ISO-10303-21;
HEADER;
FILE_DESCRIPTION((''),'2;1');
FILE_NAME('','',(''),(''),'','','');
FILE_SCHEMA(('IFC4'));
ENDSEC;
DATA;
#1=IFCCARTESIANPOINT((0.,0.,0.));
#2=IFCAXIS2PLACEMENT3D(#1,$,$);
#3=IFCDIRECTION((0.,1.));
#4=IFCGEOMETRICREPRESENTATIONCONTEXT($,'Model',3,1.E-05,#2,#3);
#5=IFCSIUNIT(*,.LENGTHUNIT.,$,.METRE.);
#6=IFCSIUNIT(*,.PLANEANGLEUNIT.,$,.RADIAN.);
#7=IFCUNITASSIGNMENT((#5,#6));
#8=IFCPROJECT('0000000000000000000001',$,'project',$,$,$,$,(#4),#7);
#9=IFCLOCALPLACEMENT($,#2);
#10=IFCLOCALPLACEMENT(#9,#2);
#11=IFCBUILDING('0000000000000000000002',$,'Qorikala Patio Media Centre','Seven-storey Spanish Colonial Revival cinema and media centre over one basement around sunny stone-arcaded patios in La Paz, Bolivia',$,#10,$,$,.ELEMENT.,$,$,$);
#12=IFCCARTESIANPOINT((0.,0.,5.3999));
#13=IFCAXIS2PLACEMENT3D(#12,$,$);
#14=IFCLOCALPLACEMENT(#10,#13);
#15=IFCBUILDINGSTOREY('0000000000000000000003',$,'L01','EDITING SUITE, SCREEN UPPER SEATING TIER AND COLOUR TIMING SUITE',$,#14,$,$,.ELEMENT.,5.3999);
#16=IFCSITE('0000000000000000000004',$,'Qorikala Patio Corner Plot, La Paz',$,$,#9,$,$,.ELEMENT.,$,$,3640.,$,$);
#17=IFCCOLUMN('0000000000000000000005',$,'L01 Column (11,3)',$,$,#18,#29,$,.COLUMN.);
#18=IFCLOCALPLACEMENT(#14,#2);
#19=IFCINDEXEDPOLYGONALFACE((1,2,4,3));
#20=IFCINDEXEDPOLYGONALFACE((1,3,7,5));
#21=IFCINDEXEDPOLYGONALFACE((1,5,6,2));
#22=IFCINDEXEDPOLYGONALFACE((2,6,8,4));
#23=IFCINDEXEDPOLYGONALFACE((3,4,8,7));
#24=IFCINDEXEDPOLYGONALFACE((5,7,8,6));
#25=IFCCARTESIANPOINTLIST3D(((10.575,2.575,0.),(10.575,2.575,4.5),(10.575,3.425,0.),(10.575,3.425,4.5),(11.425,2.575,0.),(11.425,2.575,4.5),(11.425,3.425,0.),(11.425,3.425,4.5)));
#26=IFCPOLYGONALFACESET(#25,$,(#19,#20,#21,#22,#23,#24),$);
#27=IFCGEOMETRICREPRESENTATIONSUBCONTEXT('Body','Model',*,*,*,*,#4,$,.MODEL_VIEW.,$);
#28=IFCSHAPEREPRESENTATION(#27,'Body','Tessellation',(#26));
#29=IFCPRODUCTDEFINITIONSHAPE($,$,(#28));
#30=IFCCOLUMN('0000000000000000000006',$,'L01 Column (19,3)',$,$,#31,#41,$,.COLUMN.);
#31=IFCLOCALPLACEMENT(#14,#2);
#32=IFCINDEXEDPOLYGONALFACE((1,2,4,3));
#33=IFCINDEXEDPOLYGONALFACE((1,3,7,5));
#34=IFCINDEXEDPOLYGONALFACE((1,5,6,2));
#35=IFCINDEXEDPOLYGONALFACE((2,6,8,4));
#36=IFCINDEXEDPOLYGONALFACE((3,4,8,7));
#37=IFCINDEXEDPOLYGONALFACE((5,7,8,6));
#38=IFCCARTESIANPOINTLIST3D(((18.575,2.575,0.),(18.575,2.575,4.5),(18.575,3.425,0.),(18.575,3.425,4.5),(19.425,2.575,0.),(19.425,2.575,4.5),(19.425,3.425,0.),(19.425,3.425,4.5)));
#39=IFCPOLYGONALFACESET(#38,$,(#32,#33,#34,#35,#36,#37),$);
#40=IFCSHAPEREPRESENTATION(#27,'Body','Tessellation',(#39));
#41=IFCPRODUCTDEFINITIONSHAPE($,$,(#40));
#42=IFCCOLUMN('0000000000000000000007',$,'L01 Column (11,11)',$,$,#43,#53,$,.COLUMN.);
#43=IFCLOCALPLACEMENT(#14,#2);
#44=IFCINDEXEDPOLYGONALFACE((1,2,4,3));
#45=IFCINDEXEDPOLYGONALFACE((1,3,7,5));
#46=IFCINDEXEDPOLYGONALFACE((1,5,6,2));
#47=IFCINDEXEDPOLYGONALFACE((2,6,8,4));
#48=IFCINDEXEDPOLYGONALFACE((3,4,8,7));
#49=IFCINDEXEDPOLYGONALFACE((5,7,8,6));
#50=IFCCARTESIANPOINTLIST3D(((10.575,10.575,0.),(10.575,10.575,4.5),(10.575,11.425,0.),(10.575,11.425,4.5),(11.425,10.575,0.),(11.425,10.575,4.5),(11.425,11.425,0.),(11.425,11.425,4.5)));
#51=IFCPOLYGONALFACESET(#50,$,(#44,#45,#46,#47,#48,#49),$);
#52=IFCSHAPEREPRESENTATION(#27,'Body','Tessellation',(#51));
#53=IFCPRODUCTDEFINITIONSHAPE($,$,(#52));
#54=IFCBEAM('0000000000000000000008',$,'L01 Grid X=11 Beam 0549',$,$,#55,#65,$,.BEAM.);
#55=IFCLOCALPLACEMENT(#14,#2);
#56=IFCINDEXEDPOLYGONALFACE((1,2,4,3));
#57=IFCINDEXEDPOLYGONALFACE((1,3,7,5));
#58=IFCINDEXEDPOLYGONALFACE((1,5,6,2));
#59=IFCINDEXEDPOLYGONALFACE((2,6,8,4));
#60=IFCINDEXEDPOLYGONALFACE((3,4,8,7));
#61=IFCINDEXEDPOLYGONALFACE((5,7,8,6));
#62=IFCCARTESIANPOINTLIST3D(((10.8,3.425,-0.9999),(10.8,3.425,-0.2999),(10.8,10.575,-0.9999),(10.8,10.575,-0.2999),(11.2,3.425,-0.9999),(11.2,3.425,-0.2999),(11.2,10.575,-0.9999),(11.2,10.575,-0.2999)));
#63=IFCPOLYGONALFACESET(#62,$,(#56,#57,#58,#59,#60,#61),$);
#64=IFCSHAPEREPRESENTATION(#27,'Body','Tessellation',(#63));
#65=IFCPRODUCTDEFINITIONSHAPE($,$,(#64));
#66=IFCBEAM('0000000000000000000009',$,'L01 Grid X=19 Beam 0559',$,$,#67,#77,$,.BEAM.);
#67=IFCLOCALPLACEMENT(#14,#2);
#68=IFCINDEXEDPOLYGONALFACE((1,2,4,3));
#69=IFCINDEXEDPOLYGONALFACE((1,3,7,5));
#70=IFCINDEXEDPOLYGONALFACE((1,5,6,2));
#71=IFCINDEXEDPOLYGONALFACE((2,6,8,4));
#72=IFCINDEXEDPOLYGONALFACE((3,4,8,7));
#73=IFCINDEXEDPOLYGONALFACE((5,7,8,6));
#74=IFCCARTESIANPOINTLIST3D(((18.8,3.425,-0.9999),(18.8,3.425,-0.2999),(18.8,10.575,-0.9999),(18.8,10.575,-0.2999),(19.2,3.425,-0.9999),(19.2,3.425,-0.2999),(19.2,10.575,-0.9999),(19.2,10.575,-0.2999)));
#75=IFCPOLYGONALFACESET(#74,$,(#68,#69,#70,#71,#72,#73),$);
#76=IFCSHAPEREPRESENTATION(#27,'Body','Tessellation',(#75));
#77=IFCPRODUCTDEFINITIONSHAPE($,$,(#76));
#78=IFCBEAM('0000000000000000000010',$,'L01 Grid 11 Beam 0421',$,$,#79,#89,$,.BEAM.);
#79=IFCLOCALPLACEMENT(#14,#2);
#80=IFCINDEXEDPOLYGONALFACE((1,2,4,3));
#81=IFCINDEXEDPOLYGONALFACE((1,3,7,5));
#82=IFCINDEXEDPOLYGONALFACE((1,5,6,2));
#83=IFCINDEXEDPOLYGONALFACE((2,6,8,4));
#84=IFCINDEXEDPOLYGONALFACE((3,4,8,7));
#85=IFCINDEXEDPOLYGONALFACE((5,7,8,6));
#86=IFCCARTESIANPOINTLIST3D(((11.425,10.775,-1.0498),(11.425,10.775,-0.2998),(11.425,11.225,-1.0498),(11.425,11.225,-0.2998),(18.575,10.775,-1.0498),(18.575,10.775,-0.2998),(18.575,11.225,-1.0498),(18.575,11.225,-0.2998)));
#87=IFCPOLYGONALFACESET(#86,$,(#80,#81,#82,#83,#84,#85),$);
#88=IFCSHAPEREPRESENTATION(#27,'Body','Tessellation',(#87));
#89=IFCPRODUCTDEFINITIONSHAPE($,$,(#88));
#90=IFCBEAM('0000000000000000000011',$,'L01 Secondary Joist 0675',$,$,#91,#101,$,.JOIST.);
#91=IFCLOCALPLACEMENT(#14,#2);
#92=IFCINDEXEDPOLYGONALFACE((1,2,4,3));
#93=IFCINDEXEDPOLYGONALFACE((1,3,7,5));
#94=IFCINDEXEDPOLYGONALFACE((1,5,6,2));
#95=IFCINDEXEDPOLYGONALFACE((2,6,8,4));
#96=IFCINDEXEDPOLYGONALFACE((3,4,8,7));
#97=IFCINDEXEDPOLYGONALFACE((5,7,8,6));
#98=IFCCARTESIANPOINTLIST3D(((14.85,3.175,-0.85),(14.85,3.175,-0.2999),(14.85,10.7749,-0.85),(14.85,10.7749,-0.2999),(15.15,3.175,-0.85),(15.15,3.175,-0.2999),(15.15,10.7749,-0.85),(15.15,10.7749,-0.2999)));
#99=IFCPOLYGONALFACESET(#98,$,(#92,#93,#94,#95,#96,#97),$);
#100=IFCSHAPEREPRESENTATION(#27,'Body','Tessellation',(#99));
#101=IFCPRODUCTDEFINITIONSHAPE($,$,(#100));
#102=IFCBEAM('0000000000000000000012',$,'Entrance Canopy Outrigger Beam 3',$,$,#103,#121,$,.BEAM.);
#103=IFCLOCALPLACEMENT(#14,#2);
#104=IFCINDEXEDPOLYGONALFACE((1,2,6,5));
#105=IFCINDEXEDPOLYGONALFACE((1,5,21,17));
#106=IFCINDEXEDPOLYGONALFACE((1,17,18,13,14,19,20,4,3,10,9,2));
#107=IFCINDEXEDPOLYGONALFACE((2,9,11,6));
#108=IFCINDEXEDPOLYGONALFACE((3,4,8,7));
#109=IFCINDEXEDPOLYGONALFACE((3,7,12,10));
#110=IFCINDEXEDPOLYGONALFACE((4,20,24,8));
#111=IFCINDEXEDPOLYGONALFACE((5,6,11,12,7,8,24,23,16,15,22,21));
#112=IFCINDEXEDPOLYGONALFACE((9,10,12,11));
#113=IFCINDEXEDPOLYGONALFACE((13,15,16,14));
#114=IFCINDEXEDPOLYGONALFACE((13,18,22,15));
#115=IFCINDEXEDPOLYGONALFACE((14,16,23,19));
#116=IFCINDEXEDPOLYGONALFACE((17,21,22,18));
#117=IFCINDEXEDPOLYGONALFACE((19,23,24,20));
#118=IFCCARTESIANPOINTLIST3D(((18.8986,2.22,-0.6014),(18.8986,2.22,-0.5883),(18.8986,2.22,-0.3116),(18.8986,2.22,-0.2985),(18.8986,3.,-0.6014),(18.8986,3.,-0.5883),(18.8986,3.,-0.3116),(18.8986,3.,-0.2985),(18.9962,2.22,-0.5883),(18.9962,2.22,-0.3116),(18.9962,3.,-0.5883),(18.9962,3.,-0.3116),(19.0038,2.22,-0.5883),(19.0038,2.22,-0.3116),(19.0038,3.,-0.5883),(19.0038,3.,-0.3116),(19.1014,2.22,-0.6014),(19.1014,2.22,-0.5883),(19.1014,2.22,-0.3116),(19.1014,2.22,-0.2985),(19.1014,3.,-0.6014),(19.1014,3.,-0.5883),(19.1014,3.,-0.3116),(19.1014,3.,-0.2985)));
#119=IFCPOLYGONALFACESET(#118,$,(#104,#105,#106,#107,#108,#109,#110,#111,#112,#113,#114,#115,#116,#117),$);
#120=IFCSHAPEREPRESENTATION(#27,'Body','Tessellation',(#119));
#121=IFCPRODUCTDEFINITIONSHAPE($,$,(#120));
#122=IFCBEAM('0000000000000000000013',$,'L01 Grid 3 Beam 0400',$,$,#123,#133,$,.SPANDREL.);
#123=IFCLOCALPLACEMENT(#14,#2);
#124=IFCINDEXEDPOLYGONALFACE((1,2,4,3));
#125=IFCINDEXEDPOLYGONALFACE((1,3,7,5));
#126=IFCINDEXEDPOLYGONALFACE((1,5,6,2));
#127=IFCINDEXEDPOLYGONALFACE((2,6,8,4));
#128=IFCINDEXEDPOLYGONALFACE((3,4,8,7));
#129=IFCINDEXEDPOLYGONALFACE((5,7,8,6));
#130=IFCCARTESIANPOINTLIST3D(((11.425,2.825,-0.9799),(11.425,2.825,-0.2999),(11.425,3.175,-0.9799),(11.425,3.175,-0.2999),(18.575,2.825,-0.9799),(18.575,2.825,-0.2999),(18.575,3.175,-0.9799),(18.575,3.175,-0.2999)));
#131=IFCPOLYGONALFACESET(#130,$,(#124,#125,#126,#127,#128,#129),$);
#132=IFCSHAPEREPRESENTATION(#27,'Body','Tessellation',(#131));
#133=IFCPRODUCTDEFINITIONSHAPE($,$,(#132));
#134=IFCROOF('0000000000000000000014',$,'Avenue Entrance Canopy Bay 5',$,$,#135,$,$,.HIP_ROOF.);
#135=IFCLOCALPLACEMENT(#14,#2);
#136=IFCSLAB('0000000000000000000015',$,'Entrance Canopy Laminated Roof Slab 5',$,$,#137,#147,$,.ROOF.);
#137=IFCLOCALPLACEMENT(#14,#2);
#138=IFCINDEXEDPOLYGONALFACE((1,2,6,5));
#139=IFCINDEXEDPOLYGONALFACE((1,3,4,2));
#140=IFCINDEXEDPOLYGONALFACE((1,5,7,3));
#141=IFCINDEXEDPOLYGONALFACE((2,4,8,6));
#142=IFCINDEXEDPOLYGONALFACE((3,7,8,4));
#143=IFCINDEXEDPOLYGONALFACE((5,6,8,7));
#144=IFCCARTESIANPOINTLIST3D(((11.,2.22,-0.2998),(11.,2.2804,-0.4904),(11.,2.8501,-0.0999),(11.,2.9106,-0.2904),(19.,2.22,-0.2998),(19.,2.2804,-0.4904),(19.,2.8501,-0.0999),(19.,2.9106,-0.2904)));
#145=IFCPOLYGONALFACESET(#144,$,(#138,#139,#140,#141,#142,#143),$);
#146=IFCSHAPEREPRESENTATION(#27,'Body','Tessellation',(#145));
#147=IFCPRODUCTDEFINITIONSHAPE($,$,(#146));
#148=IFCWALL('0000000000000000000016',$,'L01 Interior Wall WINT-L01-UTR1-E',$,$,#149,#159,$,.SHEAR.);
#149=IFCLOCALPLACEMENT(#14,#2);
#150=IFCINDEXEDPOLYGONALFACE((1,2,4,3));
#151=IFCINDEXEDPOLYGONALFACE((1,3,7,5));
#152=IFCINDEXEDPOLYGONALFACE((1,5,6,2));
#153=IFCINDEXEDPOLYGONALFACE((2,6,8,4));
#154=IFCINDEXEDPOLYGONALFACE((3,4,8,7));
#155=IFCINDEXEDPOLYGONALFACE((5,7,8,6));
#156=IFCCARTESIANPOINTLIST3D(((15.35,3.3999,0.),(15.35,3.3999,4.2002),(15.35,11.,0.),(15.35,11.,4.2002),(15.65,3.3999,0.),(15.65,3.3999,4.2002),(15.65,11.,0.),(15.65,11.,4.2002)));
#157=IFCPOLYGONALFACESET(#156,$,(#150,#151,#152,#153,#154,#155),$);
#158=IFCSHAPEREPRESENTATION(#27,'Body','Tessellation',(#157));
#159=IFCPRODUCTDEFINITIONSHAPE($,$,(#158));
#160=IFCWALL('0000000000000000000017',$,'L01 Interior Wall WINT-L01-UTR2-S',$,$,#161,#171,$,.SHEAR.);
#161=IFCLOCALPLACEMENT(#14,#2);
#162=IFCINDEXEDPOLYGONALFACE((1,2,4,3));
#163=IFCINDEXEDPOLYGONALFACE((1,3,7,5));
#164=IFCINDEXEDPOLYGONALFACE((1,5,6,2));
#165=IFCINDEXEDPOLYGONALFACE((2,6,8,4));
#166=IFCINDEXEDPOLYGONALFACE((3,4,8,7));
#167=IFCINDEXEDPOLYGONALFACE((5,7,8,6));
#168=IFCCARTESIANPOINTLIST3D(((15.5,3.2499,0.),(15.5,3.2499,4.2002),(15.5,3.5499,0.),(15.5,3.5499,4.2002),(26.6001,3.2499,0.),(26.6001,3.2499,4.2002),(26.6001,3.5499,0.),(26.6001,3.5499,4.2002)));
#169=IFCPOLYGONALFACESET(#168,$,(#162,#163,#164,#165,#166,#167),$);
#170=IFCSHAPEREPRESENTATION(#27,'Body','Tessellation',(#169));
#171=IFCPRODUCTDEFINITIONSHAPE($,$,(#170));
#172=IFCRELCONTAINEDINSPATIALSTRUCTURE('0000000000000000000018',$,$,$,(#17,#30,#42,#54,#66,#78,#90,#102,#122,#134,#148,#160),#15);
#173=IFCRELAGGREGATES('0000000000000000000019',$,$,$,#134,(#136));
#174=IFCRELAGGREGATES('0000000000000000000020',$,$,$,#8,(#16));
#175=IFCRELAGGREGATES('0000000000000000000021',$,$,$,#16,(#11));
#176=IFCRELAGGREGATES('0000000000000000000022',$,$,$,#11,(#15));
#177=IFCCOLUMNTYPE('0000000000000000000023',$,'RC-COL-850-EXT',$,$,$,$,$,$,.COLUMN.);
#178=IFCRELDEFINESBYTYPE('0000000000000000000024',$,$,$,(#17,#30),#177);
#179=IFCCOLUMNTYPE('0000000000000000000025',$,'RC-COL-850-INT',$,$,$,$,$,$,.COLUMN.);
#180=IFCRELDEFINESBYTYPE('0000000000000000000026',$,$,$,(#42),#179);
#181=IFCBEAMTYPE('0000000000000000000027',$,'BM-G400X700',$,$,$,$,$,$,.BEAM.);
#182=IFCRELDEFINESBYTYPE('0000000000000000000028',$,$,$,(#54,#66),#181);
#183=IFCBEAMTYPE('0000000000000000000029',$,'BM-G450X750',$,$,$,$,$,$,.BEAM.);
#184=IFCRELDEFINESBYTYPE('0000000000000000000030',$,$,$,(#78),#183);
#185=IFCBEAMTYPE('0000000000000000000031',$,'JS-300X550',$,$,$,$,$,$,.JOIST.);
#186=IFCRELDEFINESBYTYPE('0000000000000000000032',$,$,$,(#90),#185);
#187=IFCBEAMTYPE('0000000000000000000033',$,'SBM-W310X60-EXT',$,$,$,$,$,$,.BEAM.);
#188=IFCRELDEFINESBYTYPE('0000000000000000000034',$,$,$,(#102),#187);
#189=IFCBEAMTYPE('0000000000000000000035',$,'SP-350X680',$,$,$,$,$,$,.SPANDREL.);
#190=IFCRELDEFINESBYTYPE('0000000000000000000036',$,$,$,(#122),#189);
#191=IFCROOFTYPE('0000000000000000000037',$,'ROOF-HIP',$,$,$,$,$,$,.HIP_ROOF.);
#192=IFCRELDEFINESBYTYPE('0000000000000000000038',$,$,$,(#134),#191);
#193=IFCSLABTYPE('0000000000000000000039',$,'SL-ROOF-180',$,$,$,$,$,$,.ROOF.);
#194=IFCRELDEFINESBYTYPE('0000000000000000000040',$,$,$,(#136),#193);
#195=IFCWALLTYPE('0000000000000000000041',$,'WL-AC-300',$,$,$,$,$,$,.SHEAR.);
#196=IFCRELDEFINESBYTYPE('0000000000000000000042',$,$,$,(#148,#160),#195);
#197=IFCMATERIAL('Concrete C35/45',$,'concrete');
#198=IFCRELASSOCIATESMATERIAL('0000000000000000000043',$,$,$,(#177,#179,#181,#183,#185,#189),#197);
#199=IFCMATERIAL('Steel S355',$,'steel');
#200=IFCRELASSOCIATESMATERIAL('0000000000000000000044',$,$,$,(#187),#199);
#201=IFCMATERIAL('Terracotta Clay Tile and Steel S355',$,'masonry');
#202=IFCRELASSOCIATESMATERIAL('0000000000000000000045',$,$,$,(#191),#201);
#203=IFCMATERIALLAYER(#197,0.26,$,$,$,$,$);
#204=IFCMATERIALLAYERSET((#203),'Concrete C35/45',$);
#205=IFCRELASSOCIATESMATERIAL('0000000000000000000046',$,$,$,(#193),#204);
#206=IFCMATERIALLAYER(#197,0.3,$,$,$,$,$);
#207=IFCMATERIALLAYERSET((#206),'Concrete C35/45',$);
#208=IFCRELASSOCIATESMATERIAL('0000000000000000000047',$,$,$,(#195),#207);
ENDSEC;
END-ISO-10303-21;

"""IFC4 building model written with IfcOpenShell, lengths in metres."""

from ifc_helpers import new_model, si_unit, direction, frame, frame_2d, origin, origin_2d, place, context, subcontext, project, spatial, polyline, rectangle, i_section, outline, extrude, material, layer, layer_set, material_profile, profile_set, type_object, element, aggregate, save


model = new_model("IFC4")

# Units and contexts
model_context = context("Model", 3, precision=1e-05, world=origin(), true_north=direction((0.0, 1.0)))
body_context = subcontext(model_context, "Body", "Model", "MODEL_VIEW")
ifc_project = project(units=[si_unit("LENGTHUNIT", "METRE"), si_unit("PLANEANGLEUNIT", "RADIAN")], contexts=[model_context])

# Site, building, storey
site_placement = place(None, origin())
site = spatial("IfcSite", under=ifc_project, at=site_placement, Name="Qorikala Patio Corner Plot, La Paz", CompositionType="ELEMENT", RefElevation=3640.0)
building_placement = place(site_placement, origin())
building = spatial("IfcBuilding", under=site, at=building_placement, Name="Qorikala Patio Media Centre", Description="Seven-storey Spanish Colonial Revival cinema and media centre over one basement around sunny stone-arcaded patios in La Paz, Bolivia", CompositionType="ELEMENT")
storey_placement = place(building_placement, frame((0.0, 0.0, 5.3999)))
storey = spatial("IfcBuildingStorey", under=building, at=storey_placement, Name="L01", Description="EDITING SUITE, SCREEN UPPER SEATING TIER AND COLOUR TIMING SUITE", CompositionType="ELEMENT", Elevation=5.3999)

# Columns
ifc_material_1 = material(Name="Concrete C35/45", Category="concrete")
ifc_material_profile_1 = material_profile(ifc_material_1, rectangle(XDim=0.8501, YDim=0.8501, at=origin_2d()), Name="RC 850x850")
ifc_profile_set_1 = profile_set([ifc_material_profile_1], Name="Concrete C35/45")
column_type_1 = type_object("IfcColumnType", Name="RC-COL-850-EXT", PredefinedType="COLUMN", material=ifc_profile_set_1)
for number, where, z_axis, x_axis, name in (
    (1, (11.0, 3.0, 0.0), (0.0, 0.0, 1.0), (1.0, 0.0, 0.0), "L01 Column (11,3)"),
    (2, (19.0, 3.0, 0.0), (0.0, 0.0, 1.0), (1.0, 0.0, 0.0), "L01 Column (19,3)"),
):
    element("IfcColumn", number, at=place(storey_placement, frame(where, z_axis=z_axis, x_axis=x_axis)), inside=storey, type_object=column_type_1, Name=name, PredefinedType="COLUMN", context=body_context, shape_type="SweptSolid", body=[
        extrude(rectangle(XDim=0.8501, YDim=0.8501, at=origin_2d()), origin(), (0.0, 0.0, 1.0), 4.5),
    ])
ifc_material_profile_2 = material_profile(ifc_material_1, rectangle(XDim=0.8501, YDim=0.8501, at=origin_2d()), Name="RC 850x850")
ifc_profile_set_2 = profile_set([ifc_material_profile_2], Name="Concrete C35/45")
column_type_2 = type_object("IfcColumnType", Name="RC-COL-850-INT", PredefinedType="COLUMN", material=ifc_profile_set_2)
column_placement = place(storey_placement, frame((11.0, 11.0, 0.0), z_axis=(0.0, 0.0, 1.0), x_axis=(1.0, 0.0, 0.0)))
element("IfcColumn", 3, at=column_placement, inside=storey, type_object=column_type_2, Name="L01 Column (11,11)", PredefinedType="COLUMN", context=body_context, shape_type="SweptSolid", body=[
    extrude(rectangle(XDim=0.8501, YDim=0.8501, at=origin_2d()), origin(), (0.0, 0.0, 1.0), 4.5),
])

# Beams
ifc_material_profile_3 = material_profile(ifc_material_1, rectangle(XDim=0.3999, YDim=0.7, at=origin_2d()), Name="RC 400x700")
ifc_profile_set_3 = profile_set([ifc_material_profile_3], Name="Concrete C35/45")
beam_type_1 = type_object("IfcBeamType", Name="BM-G400X700", PredefinedType="BEAM", material=ifc_profile_set_3)
for number, where, z_axis, x_axis, name in (
    (4, (11.0, 3.425, -0.6499), (0.0, 1.0, 0.0), (-1.0, 0.0, 0.0), "L01 Grid X=11 Beam 0549"),
    (5, (19.0, 3.425, -0.6499), (0.0, 1.0, 0.0), (-1.0, 0.0, 0.0), "L01 Grid X=19 Beam 0559"),
):
    element("IfcBeam", number, at=place(storey_placement, frame(where, z_axis=z_axis, x_axis=x_axis)), inside=storey, type_object=beam_type_1, Name=name, PredefinedType="BEAM", context=body_context, shape_type="SweptSolid", body=[
        extrude(rectangle(XDim=0.3999, YDim=0.7, at=origin_2d()), origin(), (0.0, 0.0, 1.0), 7.1499),
    ])
ifc_material_profile_4 = material_profile(ifc_material_1, rectangle(XDim=0.45, YDim=0.75, at=origin_2d()), Name="RC 450x750")
ifc_profile_set_4 = profile_set([ifc_material_profile_4], Name="Concrete C35/45")
beam_type_2 = type_object("IfcBeamType", Name="BM-G450X750", PredefinedType="BEAM", material=ifc_profile_set_4)
beam_1_placement = place(storey_placement, frame((11.425, 11.0, -0.6748), z_axis=(1.0, 0.0, 0.0), x_axis=(0.0, 1.0, 0.0)))
element("IfcBeam", 6, at=beam_1_placement, inside=storey, type_object=beam_type_2, Name="L01 Grid 11 Beam 0421", PredefinedType="BEAM", context=body_context, shape_type="SweptSolid", body=[
    extrude(rectangle(XDim=0.45, YDim=0.75, at=origin_2d()), origin(), (0.0, 0.0, 1.0), 7.1499),
])
ifc_material_profile_5 = material_profile(ifc_material_1, rectangle(XDim=0.3, YDim=0.55, at=origin_2d()), Name="RC 300x550")
ifc_profile_set_5 = profile_set([ifc_material_profile_5], Name="Concrete C35/45")
beam_type_3 = type_object("IfcBeamType", Name="JS-300X550", PredefinedType="JOIST", material=ifc_profile_set_5)
beam_2_placement = place(storey_placement, frame((15.0, 3.175, -0.575), z_axis=(0.0, 1.0, 0.0), x_axis=(-1.0, 0.0, 0.0)))
element("IfcBeam", 7, at=beam_2_placement, inside=storey, type_object=beam_type_3, Name="L01 Secondary Joist 0675", PredefinedType="JOIST", context=body_context, shape_type="SweptSolid", body=[
    extrude(rectangle(XDim=0.3, YDim=0.55, at=origin_2d()), origin(), (0.0, 0.0, 1.0), 7.5999),
])
ifc_material_2 = material(Name="Steel S355", Category="steel")
ifc_material_profile_6 = material_profile(ifc_material_2, i_section(OverallWidth=0.2029, OverallDepth=0.303, WebThickness=0.0076, FlangeThickness=0.0132, at=origin_2d()), Name="W310X60")
ifc_profile_set_6 = profile_set([ifc_material_profile_6], Name="Steel S355")
beam_type_4 = type_object("IfcBeamType", Name="SBM-W310X60-EXT", PredefinedType="BEAM", material=ifc_profile_set_6)
beam_3_placement = place(storey_placement, frame((19.0, 2.22, -0.45), z_axis=(0.0, 1.0, 0.0), x_axis=(-1.0, 0.0, 0.0)))
element("IfcBeam", 8, at=beam_3_placement, inside=storey, type_object=beam_type_4, Name="Entrance Canopy Outrigger Beam 3", PredefinedType="BEAM", context=body_context, shape_type="SweptSolid", body=[
    extrude(i_section(OverallWidth=0.2029, OverallDepth=0.303, WebThickness=0.0076, FlangeThickness=0.0132, at=origin_2d()), origin(), (0.0, 0.0, 1.0), 0.78),
])
ifc_material_profile_7 = material_profile(ifc_material_1, rectangle(XDim=0.3501, YDim=0.6799, at=origin_2d()), Name="RC 350x680")
ifc_profile_set_7 = profile_set([ifc_material_profile_7], Name="Concrete C35/45")
beam_type_5 = type_object("IfcBeamType", Name="SP-350X680", PredefinedType="SPANDREL", material=ifc_profile_set_7)
beam_4_placement = place(storey_placement, frame((11.425, 3.0, -0.6399), z_axis=(1.0, 0.0, 0.0), x_axis=(0.0, 1.0, 0.0)))
element("IfcBeam", 9, at=beam_4_placement, inside=storey, type_object=beam_type_5, Name="L01 Grid 3 Beam 0400", PredefinedType="SPANDREL", context=body_context, shape_type="SweptSolid", body=[
    extrude(rectangle(XDim=0.3501, YDim=0.6799, at=origin_2d()), origin(), (0.0, 0.0, 1.0), 7.1499),
])

# Roof, slab
ifc_material_3 = material(Name="Terracotta Clay Tile and Steel S355", Category="masonry")
roof_type = type_object("IfcRoofType", Name="ROOF-HIP", PredefinedType="HIP_ROOF", material=ifc_material_3)
roof_placement = place(storey_placement, origin())
roof = element("IfcRoof", 10, at=roof_placement, inside=storey, type_object=roof_type, Name="Avenue Entrance Canopy Bay 5", PredefinedType="HIP_ROOF")
ifc_layer_1 = layer(ifc_material_1, 0.26)
ifc_layer_set_1 = layer_set([ifc_layer_1], Name="Concrete C35/45")
slab_type = type_object("IfcSlabType", Name="SL-ROOF-180", PredefinedType="ROOF", material=ifc_layer_set_1)
slab_placement = place(storey_placement, frame((11.0, 2.22, -0.2998), z_axis=(0.0, -0.302457, 0.953163), x_axis=(1.0, 0.0, 0.0)))
slab = element("IfcSlab", 11, at=slab_placement, type_object=slab_type, Name="Entrance Canopy Laminated Roof Slab 5", PredefinedType="ROOF", context=body_context, shape_type="SweptSolid", body=[
    extrude(outline(polyline([(0.0, 0.0), (8.0, 0.0), (8.0, 0.6611), (0.0, 0.6611), (0.0, 0.0)])), origin(), (0.0, 0.0, -1.0), 0.2),
])
aggregate(roof, [slab])

# Walls
ifc_layer_2 = layer(ifc_material_1, 0.3)
ifc_layer_set_2 = layer_set([ifc_layer_2], Name="Concrete C35/45")
wall_type_1 = type_object("IfcWallType", Name="WL-AC-300", PredefinedType="SHEAR", material=ifc_layer_set_2)
wall_1_placement = place(storey_placement, frame((15.5, 3.3999, 0.0), z_axis=(0.0, 0.0, 1.0), x_axis=(0.0, 1.0, 0.0)))
element("IfcWall", 12, at=wall_1_placement, inside=storey, type_object=wall_type_1, Name="L01 Interior Wall WINT-L01-UTR1-E", PredefinedType="SHEAR", context=body_context, shape_type="SweptSolid", body=[
    extrude(rectangle(XDim=7.6001, YDim=0.3, at=frame_2d((3.8, 0.0))), origin(), (0.0, 0.0, 1.0), 4.2002),
])
wall_2_placement = place(storey_placement, frame((15.5, 3.3999, 0.0), z_axis=(0.0, 0.0, 1.0), x_axis=(1.0, 0.0, 0.0)))
element("IfcWall", 13, at=wall_2_placement, inside=storey, type_object=wall_type_1, Name="L01 Interior Wall WINT-L01-UTR2-S", PredefinedType="SHEAR", context=body_context, shape_type="SweptSolid", body=[
    extrude(rectangle(XDim=11.1001, YDim=0.3, at=frame_2d((5.55, 0.0))), origin(), (0.0, 0.0, 1.0), 4.2002),
])

save(model, "model.ifc")
